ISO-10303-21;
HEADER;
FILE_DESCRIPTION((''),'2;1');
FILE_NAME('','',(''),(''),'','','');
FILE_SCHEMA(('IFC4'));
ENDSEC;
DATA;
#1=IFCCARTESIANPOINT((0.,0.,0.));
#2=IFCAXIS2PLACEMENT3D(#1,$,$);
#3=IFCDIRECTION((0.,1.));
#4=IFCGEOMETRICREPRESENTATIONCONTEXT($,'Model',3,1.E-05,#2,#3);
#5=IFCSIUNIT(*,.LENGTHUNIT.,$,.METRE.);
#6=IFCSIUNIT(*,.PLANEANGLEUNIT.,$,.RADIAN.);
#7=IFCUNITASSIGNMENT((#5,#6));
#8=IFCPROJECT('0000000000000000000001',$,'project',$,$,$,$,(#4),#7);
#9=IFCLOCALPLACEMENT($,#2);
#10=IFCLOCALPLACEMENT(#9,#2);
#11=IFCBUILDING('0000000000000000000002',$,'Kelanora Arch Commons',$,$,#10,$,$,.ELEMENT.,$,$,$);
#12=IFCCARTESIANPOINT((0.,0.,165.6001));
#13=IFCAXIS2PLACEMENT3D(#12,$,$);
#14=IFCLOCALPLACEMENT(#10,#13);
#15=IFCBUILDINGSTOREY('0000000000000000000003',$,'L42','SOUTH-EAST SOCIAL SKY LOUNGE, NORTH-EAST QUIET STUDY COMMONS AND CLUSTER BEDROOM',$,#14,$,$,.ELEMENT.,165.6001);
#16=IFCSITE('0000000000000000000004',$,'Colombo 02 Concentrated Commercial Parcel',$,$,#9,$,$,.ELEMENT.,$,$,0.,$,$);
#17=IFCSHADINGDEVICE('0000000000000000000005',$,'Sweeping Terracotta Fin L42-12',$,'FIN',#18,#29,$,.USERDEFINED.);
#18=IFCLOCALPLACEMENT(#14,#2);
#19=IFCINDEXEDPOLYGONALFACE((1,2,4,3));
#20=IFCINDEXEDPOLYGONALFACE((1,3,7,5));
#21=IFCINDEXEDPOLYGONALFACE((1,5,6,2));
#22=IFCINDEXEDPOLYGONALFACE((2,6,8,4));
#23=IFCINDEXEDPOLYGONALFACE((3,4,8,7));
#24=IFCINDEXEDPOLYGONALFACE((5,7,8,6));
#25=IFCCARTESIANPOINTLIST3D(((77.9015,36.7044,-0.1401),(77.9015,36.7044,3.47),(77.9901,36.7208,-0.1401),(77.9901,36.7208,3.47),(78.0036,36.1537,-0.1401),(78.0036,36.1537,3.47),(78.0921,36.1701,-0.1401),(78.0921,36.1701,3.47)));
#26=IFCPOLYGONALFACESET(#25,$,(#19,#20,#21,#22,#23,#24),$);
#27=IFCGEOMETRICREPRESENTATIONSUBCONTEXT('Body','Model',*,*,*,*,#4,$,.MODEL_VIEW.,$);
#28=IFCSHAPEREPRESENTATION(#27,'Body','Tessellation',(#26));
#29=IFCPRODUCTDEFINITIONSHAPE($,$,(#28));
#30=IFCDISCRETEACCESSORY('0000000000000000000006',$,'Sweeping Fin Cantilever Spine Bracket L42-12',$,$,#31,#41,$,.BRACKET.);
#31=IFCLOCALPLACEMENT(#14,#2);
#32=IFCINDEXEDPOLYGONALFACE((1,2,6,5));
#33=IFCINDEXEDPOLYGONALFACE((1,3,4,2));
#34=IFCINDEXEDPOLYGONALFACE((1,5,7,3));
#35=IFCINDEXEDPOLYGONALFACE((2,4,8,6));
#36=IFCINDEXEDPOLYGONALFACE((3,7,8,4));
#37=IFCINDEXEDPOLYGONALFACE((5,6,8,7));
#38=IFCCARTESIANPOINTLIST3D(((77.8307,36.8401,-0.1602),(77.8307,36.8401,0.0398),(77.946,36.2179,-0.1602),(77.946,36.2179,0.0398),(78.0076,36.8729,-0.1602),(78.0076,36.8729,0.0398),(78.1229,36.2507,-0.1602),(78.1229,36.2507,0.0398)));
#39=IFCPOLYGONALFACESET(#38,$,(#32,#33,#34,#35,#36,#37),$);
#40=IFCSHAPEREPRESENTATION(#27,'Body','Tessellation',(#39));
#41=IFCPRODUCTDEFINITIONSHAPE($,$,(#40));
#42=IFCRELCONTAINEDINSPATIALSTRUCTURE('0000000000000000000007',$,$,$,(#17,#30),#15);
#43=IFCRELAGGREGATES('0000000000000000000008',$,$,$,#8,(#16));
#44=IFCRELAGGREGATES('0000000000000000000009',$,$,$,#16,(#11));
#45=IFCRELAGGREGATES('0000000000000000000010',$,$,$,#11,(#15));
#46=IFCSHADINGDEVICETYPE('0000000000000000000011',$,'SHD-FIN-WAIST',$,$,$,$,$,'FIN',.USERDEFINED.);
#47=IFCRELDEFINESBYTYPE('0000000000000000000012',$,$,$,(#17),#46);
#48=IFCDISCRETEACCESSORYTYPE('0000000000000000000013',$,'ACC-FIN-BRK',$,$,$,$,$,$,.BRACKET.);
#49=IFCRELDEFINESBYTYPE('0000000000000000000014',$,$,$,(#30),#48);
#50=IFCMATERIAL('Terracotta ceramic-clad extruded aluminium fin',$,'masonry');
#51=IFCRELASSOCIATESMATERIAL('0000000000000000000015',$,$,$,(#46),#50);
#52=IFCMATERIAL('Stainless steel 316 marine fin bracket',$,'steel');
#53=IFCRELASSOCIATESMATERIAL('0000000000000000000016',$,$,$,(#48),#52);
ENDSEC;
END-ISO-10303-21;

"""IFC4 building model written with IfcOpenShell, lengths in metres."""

from ifc_helpers import new_model, si_unit, direction, frame, origin, origin_2d, place, context, subcontext, project, spatial, rectangle, extrude, source, transform, mapped, material, type_object, element, save


model = new_model("IFC4")

# Units and contexts
model_context = context("Model", 3, precision=1e-05, world=origin(), true_north=direction((0.0, 1.0)))
body_context = subcontext(model_context, "Body", "Model", "MODEL_VIEW")
ifc_project = project(units=[si_unit("LENGTHUNIT", "METRE"), si_unit("PLANEANGLEUNIT", "RADIAN")], contexts=[model_context])

# Site, building, storey
site_placement = place(None, origin())
site = spatial("IfcSite", under=ifc_project, at=site_placement, Name="Colombo 02 Concentrated Commercial Parcel", CompositionType="ELEMENT", RefElevation=0.0)
building_placement = place(site_placement, origin())
building = spatial("IfcBuilding", under=site, at=building_placement, Name="Kelanora Arch Commons", CompositionType="ELEMENT")
storey_placement = place(building_placement, frame((0.0, 0.0, 165.6001)))
storey = spatial("IfcBuildingStorey", under=building, at=storey_placement, Name="L42", Description="SOUTH-EAST SOCIAL SKY LOUNGE, NORTH-EAST QUIET STUDY COMMONS AND CLUSTER BEDROOM", CompositionType="ELEMENT", Elevation=165.6001)

# Shading device
ifc_material_1 = material(Name="Terracotta ceramic-clad extruded aluminium fin", Category="masonry")
shading_device_type = type_object("IfcShadingDeviceType", Name="SHD-FIN-WAIST", ElementType="FIN", PredefinedType="USERDEFINED", material=ifc_material_1)
shared_shape_1 = source(origin(), body_context, "Body", "SweptSolid", [
    extrude(rectangle(XDim=0.5601, YDim=0.0901, at=origin_2d()), origin(), (0.0, 0.0, 1.0), 3.6101),
])
shading_device_placement = place(storey_placement, frame((77.9968, 36.4373, -0.1401), z_axis=(0.0, 0.0, 1.0), x_axis=(0.182236, -0.983255, 0.0)))
element("IfcShadingDevice", 1, at=shading_device_placement, inside=storey, type_object=shading_device_type, Name="Sweeping Terracotta Fin L42-12", ObjectType="FIN", PredefinedType="USERDEFINED", context=body_context, shape_type="MappedRepresentation", body=[
    mapped(shared_shape_1, transform((0.0, 0.0, 0.0), scale=1.0)),
])

# Discrete accessory
ifc_material_2 = material(Name="Stainless steel 316 marine fin bracket", Category="steel")
discrete_accessory_type = type_object("IfcDiscreteAccessoryType", Name="ACC-FIN-BRK", PredefinedType="BRACKET", material=ifc_material_2)
shared_shape_2 = source(origin(), body_context, "Body", "SweptSolid", [
    extrude(rectangle(XDim=0.6328, YDim=0.1799, at=origin_2d()), origin(), (0.0, 0.0, 1.0), 0.2),
])
discrete_accessory_placement = place(storey_placement, frame((77.9768, 36.5454, -0.1602), z_axis=(0.0, 0.0, 1.0), x_axis=(0.182236, -0.983255, 0.0)))
element("IfcDiscreteAccessory", 2, at=discrete_accessory_placement, inside=storey, type_object=discrete_accessory_type, Name="Sweeping Fin Cantilever Spine Bracket L42-12", PredefinedType="BRACKET", context=body_context, shape_type="MappedRepresentation", body=[
    mapped(shared_shape_2, transform((0.0, 0.0, 0.0), scale=1.0)),
])

save(model, "model.ifc")
